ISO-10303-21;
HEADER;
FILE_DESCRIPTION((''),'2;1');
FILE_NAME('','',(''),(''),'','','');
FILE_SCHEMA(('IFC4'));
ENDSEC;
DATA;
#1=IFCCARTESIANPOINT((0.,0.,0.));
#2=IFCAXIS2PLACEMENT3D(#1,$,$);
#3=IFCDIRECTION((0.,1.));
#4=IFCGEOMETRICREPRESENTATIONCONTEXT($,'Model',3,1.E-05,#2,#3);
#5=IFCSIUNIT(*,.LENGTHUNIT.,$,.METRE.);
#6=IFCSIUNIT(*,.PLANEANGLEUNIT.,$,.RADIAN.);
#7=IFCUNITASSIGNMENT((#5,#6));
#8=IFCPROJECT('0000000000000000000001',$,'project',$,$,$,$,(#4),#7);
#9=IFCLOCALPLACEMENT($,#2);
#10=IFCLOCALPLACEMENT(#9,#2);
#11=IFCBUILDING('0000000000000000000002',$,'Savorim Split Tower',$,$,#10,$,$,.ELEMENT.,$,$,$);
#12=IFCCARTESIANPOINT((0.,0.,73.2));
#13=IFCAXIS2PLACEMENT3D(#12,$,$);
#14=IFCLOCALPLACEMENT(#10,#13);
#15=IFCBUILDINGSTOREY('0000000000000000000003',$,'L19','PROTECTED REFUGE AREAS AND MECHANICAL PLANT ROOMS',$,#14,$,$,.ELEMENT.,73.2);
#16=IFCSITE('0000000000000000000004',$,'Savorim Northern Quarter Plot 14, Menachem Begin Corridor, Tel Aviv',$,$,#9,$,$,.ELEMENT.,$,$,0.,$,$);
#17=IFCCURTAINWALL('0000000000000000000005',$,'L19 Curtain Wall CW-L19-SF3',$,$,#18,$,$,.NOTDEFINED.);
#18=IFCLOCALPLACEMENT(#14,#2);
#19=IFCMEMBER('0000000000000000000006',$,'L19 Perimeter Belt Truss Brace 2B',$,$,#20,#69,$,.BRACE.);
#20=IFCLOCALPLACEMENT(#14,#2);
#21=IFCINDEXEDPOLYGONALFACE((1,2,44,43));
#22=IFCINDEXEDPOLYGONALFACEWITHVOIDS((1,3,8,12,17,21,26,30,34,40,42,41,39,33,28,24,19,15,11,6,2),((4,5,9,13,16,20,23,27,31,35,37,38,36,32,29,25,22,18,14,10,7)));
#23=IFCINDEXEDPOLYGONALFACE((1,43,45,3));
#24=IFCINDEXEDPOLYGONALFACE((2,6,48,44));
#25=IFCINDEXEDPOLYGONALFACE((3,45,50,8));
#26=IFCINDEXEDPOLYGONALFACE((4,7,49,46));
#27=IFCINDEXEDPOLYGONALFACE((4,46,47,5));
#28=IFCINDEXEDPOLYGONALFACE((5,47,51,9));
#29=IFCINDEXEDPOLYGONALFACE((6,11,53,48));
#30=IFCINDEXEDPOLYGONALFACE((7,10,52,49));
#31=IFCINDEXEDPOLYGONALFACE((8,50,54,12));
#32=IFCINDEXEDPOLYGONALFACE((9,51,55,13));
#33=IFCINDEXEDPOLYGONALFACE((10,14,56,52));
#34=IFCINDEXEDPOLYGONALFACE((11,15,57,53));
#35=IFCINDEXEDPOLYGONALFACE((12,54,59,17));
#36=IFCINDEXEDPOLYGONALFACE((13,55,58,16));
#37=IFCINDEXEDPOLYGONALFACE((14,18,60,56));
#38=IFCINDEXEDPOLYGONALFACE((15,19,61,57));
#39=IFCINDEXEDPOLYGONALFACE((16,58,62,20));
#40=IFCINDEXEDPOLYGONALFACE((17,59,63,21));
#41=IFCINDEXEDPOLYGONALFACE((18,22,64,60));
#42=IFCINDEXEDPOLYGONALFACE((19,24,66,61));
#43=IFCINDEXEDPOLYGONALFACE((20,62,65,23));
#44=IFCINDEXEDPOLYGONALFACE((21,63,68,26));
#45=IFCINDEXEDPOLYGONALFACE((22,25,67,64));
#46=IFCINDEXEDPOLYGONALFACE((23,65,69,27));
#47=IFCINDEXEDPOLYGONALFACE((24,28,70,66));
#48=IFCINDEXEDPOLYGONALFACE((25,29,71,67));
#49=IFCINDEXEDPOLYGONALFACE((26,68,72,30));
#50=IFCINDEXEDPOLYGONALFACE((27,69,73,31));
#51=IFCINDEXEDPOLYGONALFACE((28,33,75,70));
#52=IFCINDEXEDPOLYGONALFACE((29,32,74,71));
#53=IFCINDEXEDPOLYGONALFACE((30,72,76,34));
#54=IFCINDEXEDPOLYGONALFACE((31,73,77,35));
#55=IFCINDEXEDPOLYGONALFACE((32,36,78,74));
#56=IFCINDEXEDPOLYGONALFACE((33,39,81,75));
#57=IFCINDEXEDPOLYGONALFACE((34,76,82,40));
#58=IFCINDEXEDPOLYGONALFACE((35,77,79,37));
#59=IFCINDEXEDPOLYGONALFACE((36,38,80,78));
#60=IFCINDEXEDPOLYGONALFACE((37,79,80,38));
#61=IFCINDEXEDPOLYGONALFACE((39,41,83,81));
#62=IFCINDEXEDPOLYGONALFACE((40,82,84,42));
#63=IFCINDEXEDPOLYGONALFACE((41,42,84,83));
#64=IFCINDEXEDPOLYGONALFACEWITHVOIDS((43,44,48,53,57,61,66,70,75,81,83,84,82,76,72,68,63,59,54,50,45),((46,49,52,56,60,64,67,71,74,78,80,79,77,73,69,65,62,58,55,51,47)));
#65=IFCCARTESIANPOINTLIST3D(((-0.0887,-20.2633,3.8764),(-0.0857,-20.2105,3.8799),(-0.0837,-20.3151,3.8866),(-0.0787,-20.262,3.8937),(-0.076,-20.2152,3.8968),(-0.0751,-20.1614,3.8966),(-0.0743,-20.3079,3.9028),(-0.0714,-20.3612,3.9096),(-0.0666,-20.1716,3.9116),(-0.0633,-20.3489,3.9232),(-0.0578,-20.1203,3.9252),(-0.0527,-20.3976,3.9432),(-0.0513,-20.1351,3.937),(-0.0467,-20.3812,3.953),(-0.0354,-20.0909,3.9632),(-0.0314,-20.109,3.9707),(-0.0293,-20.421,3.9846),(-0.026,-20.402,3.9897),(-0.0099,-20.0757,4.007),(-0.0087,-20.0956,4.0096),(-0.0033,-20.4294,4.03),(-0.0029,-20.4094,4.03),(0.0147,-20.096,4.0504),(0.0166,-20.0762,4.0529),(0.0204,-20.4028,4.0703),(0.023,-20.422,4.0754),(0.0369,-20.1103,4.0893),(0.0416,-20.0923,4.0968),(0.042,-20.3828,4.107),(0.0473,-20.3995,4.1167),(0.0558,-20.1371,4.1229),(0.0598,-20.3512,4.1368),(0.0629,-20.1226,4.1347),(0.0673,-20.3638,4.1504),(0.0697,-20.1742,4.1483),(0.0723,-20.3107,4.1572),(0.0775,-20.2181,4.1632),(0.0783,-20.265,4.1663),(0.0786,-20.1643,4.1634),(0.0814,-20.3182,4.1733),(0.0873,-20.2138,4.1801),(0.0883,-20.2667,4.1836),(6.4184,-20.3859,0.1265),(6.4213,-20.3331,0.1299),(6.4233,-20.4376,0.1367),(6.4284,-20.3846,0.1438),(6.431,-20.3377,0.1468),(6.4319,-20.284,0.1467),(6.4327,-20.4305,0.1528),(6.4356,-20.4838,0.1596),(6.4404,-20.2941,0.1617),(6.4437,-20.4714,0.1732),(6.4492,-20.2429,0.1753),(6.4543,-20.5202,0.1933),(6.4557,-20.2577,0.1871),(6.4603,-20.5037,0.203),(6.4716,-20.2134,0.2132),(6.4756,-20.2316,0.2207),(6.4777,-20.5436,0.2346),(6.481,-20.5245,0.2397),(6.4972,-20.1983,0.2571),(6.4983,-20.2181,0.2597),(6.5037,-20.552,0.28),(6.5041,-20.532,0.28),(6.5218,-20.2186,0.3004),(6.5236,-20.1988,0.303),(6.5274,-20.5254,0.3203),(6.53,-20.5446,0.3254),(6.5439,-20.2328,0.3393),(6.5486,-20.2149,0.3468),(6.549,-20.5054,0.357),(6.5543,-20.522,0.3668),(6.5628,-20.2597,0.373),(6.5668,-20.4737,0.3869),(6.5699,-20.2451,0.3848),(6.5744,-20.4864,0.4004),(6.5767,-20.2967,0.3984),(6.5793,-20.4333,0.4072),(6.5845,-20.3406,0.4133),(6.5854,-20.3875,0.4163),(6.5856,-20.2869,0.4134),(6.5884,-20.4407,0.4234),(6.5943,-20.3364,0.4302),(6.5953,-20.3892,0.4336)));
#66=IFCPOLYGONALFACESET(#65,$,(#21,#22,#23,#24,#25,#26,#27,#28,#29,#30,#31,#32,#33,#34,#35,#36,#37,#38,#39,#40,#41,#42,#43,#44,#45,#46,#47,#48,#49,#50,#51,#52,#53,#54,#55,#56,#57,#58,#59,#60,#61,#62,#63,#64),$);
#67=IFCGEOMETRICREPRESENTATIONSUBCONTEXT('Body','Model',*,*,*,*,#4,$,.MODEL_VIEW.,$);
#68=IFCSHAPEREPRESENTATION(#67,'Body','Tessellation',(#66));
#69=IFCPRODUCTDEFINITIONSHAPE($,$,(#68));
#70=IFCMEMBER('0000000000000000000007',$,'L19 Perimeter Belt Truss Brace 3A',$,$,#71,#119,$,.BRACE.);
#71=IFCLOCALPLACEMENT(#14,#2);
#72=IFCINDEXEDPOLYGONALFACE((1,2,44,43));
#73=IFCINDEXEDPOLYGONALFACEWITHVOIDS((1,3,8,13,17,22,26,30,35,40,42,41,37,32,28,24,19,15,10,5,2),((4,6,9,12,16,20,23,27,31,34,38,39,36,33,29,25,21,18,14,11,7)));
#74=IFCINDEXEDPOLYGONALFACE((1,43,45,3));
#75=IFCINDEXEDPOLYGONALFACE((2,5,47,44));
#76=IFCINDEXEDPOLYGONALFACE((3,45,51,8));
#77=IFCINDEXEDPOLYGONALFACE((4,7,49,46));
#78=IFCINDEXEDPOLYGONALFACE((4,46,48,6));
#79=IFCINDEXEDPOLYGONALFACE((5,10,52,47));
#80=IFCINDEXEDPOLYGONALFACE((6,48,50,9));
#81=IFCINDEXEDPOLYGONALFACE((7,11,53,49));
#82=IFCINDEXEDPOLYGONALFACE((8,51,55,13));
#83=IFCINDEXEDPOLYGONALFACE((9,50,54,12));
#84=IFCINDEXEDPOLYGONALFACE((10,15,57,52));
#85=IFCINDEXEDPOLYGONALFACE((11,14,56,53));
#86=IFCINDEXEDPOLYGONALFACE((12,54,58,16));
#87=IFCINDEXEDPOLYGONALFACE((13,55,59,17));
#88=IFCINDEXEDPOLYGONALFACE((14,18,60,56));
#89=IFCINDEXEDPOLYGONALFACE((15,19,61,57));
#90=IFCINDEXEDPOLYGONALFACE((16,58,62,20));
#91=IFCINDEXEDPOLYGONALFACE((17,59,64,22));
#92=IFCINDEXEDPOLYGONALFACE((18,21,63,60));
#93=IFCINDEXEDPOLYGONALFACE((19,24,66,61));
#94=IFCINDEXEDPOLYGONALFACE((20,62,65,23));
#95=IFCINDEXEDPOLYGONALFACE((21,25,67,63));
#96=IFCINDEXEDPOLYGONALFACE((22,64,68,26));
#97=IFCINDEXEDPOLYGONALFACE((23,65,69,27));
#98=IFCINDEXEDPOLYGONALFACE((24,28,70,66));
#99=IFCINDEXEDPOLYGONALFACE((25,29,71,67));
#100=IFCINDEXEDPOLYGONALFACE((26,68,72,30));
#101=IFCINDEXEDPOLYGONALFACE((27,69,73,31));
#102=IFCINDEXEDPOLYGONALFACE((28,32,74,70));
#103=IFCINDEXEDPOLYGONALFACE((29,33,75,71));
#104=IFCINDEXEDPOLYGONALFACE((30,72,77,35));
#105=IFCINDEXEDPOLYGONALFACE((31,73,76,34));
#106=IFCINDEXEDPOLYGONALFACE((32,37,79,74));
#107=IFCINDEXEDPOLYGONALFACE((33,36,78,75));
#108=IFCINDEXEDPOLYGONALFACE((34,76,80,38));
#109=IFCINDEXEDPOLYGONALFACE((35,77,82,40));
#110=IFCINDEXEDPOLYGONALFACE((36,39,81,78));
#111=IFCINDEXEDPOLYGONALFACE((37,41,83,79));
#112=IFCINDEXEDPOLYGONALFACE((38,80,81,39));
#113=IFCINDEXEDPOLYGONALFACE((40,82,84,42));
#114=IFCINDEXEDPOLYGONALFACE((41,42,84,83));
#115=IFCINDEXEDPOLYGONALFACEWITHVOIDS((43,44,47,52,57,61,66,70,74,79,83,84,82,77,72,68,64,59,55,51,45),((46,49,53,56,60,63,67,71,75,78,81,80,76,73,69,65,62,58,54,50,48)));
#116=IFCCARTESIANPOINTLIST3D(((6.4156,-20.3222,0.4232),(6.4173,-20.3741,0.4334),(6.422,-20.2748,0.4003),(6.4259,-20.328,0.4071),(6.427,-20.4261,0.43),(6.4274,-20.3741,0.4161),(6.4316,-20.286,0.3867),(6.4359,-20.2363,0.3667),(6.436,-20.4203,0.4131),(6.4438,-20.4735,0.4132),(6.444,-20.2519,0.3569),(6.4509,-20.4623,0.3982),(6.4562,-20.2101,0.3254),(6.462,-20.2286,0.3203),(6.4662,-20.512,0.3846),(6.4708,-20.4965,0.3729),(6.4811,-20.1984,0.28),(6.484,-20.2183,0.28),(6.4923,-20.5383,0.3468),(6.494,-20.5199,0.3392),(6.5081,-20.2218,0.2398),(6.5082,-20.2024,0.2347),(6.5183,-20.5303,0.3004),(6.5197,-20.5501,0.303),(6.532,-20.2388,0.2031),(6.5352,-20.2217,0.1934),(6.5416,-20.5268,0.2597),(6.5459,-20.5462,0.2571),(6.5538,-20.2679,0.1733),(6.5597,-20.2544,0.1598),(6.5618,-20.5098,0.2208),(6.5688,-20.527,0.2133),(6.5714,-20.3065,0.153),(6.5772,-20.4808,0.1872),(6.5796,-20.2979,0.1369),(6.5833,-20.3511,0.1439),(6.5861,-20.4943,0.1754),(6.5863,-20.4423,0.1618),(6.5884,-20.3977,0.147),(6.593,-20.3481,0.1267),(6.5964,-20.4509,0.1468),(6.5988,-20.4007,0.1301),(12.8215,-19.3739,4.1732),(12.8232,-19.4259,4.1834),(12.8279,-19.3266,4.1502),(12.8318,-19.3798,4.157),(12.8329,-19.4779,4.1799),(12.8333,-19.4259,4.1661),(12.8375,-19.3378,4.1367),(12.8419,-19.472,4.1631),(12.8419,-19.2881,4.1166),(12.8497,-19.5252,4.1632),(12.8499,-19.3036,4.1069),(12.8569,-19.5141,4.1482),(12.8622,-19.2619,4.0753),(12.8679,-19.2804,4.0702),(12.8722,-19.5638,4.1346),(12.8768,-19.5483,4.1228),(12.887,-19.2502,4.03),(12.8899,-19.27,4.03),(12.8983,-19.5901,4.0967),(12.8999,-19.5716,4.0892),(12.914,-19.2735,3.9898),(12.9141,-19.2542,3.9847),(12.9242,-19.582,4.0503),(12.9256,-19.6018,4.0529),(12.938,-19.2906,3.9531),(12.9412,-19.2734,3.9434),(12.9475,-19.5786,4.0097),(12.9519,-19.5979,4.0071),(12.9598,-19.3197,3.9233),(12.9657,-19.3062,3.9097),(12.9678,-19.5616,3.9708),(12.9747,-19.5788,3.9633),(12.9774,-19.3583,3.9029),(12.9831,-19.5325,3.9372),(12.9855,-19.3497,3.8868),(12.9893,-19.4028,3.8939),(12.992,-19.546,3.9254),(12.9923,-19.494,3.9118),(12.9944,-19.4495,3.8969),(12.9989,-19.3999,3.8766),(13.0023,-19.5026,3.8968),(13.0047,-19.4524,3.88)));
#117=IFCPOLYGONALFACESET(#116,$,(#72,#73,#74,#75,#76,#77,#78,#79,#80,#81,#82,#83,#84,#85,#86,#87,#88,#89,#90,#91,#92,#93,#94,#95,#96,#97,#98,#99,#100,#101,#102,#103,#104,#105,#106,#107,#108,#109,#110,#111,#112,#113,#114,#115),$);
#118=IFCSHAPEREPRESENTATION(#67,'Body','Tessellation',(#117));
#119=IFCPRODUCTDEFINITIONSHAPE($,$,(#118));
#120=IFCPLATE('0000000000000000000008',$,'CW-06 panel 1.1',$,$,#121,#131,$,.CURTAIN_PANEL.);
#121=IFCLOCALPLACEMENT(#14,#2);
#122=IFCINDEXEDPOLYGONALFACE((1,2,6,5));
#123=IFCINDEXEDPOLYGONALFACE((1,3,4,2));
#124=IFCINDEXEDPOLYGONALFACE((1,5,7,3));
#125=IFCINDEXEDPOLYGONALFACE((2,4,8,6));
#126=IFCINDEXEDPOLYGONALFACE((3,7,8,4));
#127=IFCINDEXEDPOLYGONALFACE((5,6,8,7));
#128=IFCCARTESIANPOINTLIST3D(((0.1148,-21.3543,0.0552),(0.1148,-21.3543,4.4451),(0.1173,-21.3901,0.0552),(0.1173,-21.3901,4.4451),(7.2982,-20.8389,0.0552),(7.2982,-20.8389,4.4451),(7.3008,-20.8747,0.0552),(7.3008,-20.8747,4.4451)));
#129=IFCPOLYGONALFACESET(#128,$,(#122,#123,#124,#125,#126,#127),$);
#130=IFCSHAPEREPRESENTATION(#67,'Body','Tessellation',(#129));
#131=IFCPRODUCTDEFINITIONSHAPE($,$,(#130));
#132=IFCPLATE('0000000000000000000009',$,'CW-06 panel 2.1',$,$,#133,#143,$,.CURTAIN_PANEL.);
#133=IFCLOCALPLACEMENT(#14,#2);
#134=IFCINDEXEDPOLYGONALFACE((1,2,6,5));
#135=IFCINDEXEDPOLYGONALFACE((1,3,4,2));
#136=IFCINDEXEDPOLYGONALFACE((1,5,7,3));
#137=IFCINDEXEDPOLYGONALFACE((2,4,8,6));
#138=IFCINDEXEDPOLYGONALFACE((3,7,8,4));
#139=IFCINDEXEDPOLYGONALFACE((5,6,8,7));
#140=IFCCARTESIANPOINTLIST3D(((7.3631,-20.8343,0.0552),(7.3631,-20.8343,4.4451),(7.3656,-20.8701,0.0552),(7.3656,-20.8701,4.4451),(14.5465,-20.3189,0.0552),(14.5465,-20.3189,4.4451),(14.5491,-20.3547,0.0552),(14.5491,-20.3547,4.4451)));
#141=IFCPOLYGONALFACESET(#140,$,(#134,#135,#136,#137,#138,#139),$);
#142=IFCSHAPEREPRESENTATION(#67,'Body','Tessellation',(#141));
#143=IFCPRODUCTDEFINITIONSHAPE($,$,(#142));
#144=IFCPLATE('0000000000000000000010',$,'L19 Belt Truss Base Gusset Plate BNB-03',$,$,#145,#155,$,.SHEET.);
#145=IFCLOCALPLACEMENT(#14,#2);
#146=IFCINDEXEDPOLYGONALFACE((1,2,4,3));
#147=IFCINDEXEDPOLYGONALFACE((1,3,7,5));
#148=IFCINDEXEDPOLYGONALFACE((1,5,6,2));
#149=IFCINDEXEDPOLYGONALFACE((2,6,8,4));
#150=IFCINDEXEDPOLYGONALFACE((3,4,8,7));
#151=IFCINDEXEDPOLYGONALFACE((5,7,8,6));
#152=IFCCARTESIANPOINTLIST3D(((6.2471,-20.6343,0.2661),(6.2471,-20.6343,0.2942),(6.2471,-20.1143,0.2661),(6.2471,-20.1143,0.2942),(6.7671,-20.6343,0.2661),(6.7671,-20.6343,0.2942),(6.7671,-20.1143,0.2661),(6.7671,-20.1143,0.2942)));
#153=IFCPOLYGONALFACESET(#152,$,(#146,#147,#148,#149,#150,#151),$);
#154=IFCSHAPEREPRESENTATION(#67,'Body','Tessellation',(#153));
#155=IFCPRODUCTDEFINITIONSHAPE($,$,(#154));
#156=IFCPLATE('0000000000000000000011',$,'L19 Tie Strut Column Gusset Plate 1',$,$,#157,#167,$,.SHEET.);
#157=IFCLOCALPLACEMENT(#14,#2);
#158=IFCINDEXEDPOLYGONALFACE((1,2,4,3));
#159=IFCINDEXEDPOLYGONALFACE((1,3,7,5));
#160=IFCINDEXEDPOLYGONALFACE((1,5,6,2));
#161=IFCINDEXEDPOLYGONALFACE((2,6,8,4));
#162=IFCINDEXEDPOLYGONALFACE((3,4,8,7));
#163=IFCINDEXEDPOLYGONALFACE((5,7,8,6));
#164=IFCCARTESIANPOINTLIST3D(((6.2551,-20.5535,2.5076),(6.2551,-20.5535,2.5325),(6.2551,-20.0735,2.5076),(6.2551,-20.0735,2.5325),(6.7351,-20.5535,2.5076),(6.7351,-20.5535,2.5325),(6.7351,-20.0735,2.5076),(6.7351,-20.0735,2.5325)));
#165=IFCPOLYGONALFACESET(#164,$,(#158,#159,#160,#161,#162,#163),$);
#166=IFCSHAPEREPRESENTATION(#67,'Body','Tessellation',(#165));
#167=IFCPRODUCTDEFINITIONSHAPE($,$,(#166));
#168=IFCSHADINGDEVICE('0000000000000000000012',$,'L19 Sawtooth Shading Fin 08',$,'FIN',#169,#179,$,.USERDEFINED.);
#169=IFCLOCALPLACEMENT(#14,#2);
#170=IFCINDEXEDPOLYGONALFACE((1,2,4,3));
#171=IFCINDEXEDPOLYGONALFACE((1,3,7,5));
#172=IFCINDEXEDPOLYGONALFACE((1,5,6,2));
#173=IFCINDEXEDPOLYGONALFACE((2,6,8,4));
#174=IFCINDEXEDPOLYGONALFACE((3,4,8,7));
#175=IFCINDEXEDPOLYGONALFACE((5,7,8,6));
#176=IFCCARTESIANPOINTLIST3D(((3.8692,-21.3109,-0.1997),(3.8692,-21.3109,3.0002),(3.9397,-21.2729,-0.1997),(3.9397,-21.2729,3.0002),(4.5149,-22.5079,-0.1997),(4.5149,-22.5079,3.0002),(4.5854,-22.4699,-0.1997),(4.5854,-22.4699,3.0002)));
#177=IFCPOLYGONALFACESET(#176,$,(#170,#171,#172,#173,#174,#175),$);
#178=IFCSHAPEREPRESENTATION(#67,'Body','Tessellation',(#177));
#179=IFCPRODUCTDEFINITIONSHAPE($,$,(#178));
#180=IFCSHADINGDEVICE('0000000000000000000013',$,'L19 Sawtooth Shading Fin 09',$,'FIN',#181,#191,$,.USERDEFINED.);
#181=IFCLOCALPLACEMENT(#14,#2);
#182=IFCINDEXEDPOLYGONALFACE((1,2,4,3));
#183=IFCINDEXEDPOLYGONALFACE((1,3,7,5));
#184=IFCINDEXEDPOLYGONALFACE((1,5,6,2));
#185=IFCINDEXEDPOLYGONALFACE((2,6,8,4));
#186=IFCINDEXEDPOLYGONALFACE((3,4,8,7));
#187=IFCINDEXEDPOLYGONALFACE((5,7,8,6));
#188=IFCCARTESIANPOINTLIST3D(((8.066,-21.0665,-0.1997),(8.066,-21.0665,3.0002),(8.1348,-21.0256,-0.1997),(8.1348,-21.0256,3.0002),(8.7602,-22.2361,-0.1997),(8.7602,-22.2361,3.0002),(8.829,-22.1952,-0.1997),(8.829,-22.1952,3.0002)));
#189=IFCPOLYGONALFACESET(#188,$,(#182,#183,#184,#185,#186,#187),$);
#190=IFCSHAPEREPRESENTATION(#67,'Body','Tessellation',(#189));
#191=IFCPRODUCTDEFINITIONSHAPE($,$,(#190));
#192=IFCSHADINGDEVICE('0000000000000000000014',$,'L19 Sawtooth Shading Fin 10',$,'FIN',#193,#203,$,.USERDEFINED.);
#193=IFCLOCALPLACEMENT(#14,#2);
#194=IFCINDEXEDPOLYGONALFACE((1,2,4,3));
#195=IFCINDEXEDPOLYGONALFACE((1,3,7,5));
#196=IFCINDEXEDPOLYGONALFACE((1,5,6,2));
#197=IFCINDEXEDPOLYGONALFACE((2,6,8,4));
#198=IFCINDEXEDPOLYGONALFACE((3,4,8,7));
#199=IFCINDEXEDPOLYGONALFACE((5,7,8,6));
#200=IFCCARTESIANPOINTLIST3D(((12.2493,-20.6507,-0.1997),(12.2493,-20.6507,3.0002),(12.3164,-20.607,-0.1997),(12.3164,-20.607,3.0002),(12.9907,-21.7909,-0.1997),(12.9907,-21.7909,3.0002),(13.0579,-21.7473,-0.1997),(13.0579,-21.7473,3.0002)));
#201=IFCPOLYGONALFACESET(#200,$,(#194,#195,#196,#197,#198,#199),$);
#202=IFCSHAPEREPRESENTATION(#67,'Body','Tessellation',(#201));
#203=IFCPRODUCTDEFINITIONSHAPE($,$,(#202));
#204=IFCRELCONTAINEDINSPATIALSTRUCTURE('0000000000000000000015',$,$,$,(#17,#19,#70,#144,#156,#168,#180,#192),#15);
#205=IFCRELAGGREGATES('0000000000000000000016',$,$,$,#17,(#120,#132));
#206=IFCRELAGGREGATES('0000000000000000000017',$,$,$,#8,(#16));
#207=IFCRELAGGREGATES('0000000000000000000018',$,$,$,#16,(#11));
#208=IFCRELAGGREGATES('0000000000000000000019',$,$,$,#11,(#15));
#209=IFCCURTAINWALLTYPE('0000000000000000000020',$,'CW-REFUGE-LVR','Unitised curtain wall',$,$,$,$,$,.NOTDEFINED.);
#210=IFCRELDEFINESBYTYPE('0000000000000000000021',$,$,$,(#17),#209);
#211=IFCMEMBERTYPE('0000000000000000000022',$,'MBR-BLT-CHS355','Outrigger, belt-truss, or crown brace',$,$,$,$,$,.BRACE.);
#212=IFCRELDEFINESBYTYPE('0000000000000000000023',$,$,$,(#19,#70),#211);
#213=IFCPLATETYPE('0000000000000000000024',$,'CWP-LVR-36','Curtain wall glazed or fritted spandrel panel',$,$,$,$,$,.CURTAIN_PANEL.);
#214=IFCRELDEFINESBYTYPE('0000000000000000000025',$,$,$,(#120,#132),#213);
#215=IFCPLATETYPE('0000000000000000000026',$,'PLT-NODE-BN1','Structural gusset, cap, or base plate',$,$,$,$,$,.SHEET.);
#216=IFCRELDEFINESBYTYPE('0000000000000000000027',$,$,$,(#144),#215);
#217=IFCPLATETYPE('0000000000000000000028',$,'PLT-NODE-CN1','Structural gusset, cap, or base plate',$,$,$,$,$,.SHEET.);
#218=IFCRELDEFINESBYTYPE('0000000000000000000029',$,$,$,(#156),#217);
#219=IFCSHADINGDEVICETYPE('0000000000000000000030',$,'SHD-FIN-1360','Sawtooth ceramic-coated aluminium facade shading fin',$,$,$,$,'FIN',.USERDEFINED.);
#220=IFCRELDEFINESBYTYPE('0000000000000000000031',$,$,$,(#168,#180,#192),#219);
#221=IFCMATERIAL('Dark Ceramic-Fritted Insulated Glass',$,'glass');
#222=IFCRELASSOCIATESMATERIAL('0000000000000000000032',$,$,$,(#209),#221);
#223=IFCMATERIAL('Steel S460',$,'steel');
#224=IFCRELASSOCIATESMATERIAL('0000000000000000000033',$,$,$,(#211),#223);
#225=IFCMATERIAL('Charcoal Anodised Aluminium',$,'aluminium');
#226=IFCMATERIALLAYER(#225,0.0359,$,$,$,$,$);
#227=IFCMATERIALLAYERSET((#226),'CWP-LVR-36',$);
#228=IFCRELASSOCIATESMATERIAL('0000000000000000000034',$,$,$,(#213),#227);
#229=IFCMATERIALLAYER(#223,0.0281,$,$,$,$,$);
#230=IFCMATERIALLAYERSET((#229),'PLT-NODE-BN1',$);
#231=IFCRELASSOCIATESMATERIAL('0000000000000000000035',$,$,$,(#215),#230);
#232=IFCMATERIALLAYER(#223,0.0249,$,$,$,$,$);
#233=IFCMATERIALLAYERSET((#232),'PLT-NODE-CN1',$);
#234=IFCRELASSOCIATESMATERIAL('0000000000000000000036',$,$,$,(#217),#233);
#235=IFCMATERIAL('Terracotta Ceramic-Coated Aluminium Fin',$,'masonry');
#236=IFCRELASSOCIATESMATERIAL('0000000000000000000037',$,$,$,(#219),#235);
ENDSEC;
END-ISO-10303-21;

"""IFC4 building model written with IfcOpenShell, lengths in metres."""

from ifc_helpers import new_model, si_unit, direction, frame, origin, origin_2d, place, context, subcontext, project, spatial, rectangle, hollow_circle, extrude, material, layer, layer_set, material_profile, profile_set, type_object, element, aggregate, save


model = new_model("IFC4")

# Units and contexts
model_context = context("Model", 3, precision=1e-05, world=origin(), true_north=direction((0.0, 1.0)))
body_context = subcontext(model_context, "Body", "Model", "MODEL_VIEW")
ifc_project = project(units=[si_unit("LENGTHUNIT", "METRE"), si_unit("PLANEANGLEUNIT", "RADIAN")], contexts=[model_context])

# Site, building, storey
site_placement = place(None, origin())
site = spatial("IfcSite", under=ifc_project, at=site_placement, Name="Savorim Northern Quarter Plot 14, Menachem Begin Corridor, Tel Aviv", CompositionType="ELEMENT", RefElevation=0.0)
building_placement = place(site_placement, origin())
building = spatial("IfcBuilding", under=site, at=building_placement, Name="Savorim Split Tower", CompositionType="ELEMENT")
storey_placement = place(building_placement, frame((0.0, 0.0, 73.2)))
storey = spatial("IfcBuildingStorey", under=building, at=storey_placement, Name="L19", Description="PROTECTED REFUGE AREAS AND MECHANICAL PLANT ROOMS", CompositionType="ELEMENT", Elevation=73.2)

# Shared definitions
ifc_material_1 = material(Name="Steel S460", Category="steel")

# Curtain wall
ifc_material_2 = material(Name="Dark Ceramic-Fritted Insulated Glass", Category="glass")
curtain_wall_type = type_object("IfcCurtainWallType", Name="CW-REFUGE-LVR", Description="Unitised curtain wall", PredefinedType="NOTDEFINED", material=ifc_material_2)
curtain_wall_1_placement = place(storey_placement, origin())
curtain_wall_1 = element("IfcCurtainWall", 1, at=curtain_wall_1_placement, inside=storey, type_object=curtain_wall_type, Name="L19 Curtain Wall CW-L19-SF3", PredefinedType="NOTDEFINED")
ifc_material_3 = material(Name="Charcoal Anodised Aluminium", Category="aluminium")

# Members
ifc_material_profile_1 = material_profile(ifc_material_1, hollow_circle(Radius=0.1777, WallThickness=0.02, at=origin_2d()), Name="CHS 355.6x20")
ifc_profile_set_1 = profile_set([ifc_material_profile_1], Name="Steel S460")
member_type_1 = type_object("IfcMemberType", Name="MBR-BLT-CHS355", Description="Outrigger, belt-truss, or crown brace", PredefinedType="BRACE", material=ifc_profile_set_1)
member_1_placement = place(storey_placement, frame((6.5071, -20.3743, 0.28), z_axis=(-0.866306, 0.016317, 0.499248), x_axis=(-0.018831, -0.999823, 0.0)))
element("IfcMember", 2, at=member_1_placement, inside=storey, type_object=member_type_1, Name="L19 Perimeter Belt Truss Brace 2B", PredefinedType="BRACE", context=body_context, shape_type="SweptSolid", body=[
    extrude(hollow_circle(Radius=0.1777, WallThickness=0.02, at=origin_2d()), origin(), (0.0, 0.0, 1.0), 7.5112),
])
member_2_placement = place(storey_placement, frame((6.5071, -20.3743, 0.28), z_axis=(0.856049, 0.126716, 0.501121), x_axis=(-0.146428, 0.989221, 0.0)))
element("IfcMember", 3, at=member_2_placement, inside=storey, type_object=member_type_1, Name="L19 Perimeter Belt Truss Brace 3A", PredefinedType="BRACE", context=body_context, shape_type="SweptSolid", body=[
    extrude(hollow_circle(Radius=0.1777, WallThickness=0.02, at=origin_2d()), origin(), (0.0, 0.0, 1.0), 7.4832),
])

# Plates
ifc_layer_1 = layer(ifc_material_3, 0.0359)
ifc_layer_set_1 = layer_set([ifc_layer_1], Name="CWP-LVR-36")
plate_type_1 = type_object("IfcPlateType", Name="CWP-LVR-36", Description="Curtain wall glazed or fritted spandrel panel", PredefinedType="CURTAIN_PANEL", material=ifc_layer_set_1)
plate_1_placement = place(storey_placement, frame((3.7078, -21.1145, 0.0552), z_axis=(0.0, 0.0, 1.0), x_axis=(0.997436, 0.071561, 0.0)))
plate_1 = element("IfcPlate", 4, at=plate_1_placement, type_object=plate_type_1, Name="CW-06 panel 1.1", PredefinedType="CURTAIN_PANEL", context=body_context, shape_type="SweptSolid", body=[
    extrude(rectangle(XDim=7.2019, YDim=0.0359, at=origin_2d()), origin(), (0.0, 0.0, 1.0), 4.3899),
])
plate_2_placement = place(storey_placement, frame((10.9561, -20.5945, 0.0552), z_axis=(0.0, 0.0, 1.0), x_axis=(0.997436, 0.071561, 0.0)))
plate_2 = element("IfcPlate", 5, at=plate_2_placement, type_object=plate_type_1, Name="CW-06 panel 2.1", PredefinedType="CURTAIN_PANEL", context=body_context, shape_type="SweptSolid", body=[
    extrude(rectangle(XDim=7.2019, YDim=0.0359, at=origin_2d()), origin(), (0.0, 0.0, 1.0), 4.3899),
])
aggregate(curtain_wall_1, [plate_1, plate_2])

# Plates
ifc_layer_2 = layer(ifc_material_1, 0.0281)
ifc_layer_set_2 = layer_set([ifc_layer_2], Name="PLT-NODE-BN1")
plate_type_2 = type_object("IfcPlateType", Name="PLT-NODE-BN1", Description="Structural gusset, cap, or base plate", PredefinedType="SHEET", material=ifc_layer_set_2)
plate_3_placement = place(storey_placement, frame((6.5071, -20.3743, 0.2661), z_axis=(0.0, 0.0, 1.0), x_axis=(1.0, 0.0, 0.0)))
element("IfcPlate", 6, at=plate_3_placement, inside=storey, type_object=plate_type_2, Name="L19 Belt Truss Base Gusset Plate BNB-03", PredefinedType="SHEET", context=body_context, shape_type="SweptSolid", body=[
    extrude(rectangle(XDim=0.52, YDim=0.52, at=origin_2d()), origin(), (0.0, 0.0, 1.0), 0.0281),
])
ifc_layer_3 = layer(ifc_material_1, 0.0249)
ifc_layer_set_3 = layer_set([ifc_layer_3], Name="PLT-NODE-CN1")
plate_type_3 = type_object("IfcPlateType", Name="PLT-NODE-CN1", Description="Structural gusset, cap, or base plate", PredefinedType="SHEET", material=ifc_layer_set_3)
plate_4_placement = place(storey_placement, frame((6.4951, -20.3135, 2.5076), z_axis=(0.0, 0.0, 1.0), x_axis=(1.0, 0.0, 0.0)))
element("IfcPlate", 7, at=plate_4_placement, inside=storey, type_object=plate_type_3, Name="L19 Tie Strut Column Gusset Plate 1", PredefinedType="SHEET", context=body_context, shape_type="SweptSolid", body=[
    extrude(rectangle(XDim=0.48, YDim=0.48, at=origin_2d()), origin(), (0.0, 0.0, 1.0), 0.0249),
])

# Shading devices
ifc_material_4 = material(Name="Terracotta Ceramic-Coated Aluminium Fin", Category="masonry")
shading_device_type = type_object("IfcShadingDeviceType", Name="SHD-FIN-1360", Description="Sawtooth ceramic-coated aluminium facade shading fin", ElementType="FIN", PredefinedType="USERDEFINED", material=ifc_material_4)
for number, where, z_axis, x_axis, name in (
    (8, (4.2273, -21.8904, -0.1997), (0.0, 0.0, 1.0), (0.474778, -0.880106, 0.0), "L19 Sawtooth Shading Fin 08"),
    (9, (8.4475, -21.6309, -0.1997), (0.0, 0.0, 1.0), (0.510391, -0.859942, 0.0), "L19 Sawtooth Shading Fin 09"),
    (10, (12.6536, -21.199, -0.1997), (0.0, 0.0, 1.0), (0.545148, -0.83834, 0.0), "L19 Sawtooth Shading Fin 10"),
):
    element("IfcShadingDevice", number, at=place(storey_placement, frame(where, z_axis=z_axis, x_axis=x_axis)), inside=storey, type_object=shading_device_type, Name=name, ObjectType="FIN", PredefinedType="USERDEFINED", context=body_context, shape_type="SweptSolid", body=[
        extrude(rectangle(XDim=1.3601, YDim=0.0801, at=origin_2d()), origin(), (0.0, 0.0, 1.0), 3.2),
    ])

save(model, "model.ifc")
